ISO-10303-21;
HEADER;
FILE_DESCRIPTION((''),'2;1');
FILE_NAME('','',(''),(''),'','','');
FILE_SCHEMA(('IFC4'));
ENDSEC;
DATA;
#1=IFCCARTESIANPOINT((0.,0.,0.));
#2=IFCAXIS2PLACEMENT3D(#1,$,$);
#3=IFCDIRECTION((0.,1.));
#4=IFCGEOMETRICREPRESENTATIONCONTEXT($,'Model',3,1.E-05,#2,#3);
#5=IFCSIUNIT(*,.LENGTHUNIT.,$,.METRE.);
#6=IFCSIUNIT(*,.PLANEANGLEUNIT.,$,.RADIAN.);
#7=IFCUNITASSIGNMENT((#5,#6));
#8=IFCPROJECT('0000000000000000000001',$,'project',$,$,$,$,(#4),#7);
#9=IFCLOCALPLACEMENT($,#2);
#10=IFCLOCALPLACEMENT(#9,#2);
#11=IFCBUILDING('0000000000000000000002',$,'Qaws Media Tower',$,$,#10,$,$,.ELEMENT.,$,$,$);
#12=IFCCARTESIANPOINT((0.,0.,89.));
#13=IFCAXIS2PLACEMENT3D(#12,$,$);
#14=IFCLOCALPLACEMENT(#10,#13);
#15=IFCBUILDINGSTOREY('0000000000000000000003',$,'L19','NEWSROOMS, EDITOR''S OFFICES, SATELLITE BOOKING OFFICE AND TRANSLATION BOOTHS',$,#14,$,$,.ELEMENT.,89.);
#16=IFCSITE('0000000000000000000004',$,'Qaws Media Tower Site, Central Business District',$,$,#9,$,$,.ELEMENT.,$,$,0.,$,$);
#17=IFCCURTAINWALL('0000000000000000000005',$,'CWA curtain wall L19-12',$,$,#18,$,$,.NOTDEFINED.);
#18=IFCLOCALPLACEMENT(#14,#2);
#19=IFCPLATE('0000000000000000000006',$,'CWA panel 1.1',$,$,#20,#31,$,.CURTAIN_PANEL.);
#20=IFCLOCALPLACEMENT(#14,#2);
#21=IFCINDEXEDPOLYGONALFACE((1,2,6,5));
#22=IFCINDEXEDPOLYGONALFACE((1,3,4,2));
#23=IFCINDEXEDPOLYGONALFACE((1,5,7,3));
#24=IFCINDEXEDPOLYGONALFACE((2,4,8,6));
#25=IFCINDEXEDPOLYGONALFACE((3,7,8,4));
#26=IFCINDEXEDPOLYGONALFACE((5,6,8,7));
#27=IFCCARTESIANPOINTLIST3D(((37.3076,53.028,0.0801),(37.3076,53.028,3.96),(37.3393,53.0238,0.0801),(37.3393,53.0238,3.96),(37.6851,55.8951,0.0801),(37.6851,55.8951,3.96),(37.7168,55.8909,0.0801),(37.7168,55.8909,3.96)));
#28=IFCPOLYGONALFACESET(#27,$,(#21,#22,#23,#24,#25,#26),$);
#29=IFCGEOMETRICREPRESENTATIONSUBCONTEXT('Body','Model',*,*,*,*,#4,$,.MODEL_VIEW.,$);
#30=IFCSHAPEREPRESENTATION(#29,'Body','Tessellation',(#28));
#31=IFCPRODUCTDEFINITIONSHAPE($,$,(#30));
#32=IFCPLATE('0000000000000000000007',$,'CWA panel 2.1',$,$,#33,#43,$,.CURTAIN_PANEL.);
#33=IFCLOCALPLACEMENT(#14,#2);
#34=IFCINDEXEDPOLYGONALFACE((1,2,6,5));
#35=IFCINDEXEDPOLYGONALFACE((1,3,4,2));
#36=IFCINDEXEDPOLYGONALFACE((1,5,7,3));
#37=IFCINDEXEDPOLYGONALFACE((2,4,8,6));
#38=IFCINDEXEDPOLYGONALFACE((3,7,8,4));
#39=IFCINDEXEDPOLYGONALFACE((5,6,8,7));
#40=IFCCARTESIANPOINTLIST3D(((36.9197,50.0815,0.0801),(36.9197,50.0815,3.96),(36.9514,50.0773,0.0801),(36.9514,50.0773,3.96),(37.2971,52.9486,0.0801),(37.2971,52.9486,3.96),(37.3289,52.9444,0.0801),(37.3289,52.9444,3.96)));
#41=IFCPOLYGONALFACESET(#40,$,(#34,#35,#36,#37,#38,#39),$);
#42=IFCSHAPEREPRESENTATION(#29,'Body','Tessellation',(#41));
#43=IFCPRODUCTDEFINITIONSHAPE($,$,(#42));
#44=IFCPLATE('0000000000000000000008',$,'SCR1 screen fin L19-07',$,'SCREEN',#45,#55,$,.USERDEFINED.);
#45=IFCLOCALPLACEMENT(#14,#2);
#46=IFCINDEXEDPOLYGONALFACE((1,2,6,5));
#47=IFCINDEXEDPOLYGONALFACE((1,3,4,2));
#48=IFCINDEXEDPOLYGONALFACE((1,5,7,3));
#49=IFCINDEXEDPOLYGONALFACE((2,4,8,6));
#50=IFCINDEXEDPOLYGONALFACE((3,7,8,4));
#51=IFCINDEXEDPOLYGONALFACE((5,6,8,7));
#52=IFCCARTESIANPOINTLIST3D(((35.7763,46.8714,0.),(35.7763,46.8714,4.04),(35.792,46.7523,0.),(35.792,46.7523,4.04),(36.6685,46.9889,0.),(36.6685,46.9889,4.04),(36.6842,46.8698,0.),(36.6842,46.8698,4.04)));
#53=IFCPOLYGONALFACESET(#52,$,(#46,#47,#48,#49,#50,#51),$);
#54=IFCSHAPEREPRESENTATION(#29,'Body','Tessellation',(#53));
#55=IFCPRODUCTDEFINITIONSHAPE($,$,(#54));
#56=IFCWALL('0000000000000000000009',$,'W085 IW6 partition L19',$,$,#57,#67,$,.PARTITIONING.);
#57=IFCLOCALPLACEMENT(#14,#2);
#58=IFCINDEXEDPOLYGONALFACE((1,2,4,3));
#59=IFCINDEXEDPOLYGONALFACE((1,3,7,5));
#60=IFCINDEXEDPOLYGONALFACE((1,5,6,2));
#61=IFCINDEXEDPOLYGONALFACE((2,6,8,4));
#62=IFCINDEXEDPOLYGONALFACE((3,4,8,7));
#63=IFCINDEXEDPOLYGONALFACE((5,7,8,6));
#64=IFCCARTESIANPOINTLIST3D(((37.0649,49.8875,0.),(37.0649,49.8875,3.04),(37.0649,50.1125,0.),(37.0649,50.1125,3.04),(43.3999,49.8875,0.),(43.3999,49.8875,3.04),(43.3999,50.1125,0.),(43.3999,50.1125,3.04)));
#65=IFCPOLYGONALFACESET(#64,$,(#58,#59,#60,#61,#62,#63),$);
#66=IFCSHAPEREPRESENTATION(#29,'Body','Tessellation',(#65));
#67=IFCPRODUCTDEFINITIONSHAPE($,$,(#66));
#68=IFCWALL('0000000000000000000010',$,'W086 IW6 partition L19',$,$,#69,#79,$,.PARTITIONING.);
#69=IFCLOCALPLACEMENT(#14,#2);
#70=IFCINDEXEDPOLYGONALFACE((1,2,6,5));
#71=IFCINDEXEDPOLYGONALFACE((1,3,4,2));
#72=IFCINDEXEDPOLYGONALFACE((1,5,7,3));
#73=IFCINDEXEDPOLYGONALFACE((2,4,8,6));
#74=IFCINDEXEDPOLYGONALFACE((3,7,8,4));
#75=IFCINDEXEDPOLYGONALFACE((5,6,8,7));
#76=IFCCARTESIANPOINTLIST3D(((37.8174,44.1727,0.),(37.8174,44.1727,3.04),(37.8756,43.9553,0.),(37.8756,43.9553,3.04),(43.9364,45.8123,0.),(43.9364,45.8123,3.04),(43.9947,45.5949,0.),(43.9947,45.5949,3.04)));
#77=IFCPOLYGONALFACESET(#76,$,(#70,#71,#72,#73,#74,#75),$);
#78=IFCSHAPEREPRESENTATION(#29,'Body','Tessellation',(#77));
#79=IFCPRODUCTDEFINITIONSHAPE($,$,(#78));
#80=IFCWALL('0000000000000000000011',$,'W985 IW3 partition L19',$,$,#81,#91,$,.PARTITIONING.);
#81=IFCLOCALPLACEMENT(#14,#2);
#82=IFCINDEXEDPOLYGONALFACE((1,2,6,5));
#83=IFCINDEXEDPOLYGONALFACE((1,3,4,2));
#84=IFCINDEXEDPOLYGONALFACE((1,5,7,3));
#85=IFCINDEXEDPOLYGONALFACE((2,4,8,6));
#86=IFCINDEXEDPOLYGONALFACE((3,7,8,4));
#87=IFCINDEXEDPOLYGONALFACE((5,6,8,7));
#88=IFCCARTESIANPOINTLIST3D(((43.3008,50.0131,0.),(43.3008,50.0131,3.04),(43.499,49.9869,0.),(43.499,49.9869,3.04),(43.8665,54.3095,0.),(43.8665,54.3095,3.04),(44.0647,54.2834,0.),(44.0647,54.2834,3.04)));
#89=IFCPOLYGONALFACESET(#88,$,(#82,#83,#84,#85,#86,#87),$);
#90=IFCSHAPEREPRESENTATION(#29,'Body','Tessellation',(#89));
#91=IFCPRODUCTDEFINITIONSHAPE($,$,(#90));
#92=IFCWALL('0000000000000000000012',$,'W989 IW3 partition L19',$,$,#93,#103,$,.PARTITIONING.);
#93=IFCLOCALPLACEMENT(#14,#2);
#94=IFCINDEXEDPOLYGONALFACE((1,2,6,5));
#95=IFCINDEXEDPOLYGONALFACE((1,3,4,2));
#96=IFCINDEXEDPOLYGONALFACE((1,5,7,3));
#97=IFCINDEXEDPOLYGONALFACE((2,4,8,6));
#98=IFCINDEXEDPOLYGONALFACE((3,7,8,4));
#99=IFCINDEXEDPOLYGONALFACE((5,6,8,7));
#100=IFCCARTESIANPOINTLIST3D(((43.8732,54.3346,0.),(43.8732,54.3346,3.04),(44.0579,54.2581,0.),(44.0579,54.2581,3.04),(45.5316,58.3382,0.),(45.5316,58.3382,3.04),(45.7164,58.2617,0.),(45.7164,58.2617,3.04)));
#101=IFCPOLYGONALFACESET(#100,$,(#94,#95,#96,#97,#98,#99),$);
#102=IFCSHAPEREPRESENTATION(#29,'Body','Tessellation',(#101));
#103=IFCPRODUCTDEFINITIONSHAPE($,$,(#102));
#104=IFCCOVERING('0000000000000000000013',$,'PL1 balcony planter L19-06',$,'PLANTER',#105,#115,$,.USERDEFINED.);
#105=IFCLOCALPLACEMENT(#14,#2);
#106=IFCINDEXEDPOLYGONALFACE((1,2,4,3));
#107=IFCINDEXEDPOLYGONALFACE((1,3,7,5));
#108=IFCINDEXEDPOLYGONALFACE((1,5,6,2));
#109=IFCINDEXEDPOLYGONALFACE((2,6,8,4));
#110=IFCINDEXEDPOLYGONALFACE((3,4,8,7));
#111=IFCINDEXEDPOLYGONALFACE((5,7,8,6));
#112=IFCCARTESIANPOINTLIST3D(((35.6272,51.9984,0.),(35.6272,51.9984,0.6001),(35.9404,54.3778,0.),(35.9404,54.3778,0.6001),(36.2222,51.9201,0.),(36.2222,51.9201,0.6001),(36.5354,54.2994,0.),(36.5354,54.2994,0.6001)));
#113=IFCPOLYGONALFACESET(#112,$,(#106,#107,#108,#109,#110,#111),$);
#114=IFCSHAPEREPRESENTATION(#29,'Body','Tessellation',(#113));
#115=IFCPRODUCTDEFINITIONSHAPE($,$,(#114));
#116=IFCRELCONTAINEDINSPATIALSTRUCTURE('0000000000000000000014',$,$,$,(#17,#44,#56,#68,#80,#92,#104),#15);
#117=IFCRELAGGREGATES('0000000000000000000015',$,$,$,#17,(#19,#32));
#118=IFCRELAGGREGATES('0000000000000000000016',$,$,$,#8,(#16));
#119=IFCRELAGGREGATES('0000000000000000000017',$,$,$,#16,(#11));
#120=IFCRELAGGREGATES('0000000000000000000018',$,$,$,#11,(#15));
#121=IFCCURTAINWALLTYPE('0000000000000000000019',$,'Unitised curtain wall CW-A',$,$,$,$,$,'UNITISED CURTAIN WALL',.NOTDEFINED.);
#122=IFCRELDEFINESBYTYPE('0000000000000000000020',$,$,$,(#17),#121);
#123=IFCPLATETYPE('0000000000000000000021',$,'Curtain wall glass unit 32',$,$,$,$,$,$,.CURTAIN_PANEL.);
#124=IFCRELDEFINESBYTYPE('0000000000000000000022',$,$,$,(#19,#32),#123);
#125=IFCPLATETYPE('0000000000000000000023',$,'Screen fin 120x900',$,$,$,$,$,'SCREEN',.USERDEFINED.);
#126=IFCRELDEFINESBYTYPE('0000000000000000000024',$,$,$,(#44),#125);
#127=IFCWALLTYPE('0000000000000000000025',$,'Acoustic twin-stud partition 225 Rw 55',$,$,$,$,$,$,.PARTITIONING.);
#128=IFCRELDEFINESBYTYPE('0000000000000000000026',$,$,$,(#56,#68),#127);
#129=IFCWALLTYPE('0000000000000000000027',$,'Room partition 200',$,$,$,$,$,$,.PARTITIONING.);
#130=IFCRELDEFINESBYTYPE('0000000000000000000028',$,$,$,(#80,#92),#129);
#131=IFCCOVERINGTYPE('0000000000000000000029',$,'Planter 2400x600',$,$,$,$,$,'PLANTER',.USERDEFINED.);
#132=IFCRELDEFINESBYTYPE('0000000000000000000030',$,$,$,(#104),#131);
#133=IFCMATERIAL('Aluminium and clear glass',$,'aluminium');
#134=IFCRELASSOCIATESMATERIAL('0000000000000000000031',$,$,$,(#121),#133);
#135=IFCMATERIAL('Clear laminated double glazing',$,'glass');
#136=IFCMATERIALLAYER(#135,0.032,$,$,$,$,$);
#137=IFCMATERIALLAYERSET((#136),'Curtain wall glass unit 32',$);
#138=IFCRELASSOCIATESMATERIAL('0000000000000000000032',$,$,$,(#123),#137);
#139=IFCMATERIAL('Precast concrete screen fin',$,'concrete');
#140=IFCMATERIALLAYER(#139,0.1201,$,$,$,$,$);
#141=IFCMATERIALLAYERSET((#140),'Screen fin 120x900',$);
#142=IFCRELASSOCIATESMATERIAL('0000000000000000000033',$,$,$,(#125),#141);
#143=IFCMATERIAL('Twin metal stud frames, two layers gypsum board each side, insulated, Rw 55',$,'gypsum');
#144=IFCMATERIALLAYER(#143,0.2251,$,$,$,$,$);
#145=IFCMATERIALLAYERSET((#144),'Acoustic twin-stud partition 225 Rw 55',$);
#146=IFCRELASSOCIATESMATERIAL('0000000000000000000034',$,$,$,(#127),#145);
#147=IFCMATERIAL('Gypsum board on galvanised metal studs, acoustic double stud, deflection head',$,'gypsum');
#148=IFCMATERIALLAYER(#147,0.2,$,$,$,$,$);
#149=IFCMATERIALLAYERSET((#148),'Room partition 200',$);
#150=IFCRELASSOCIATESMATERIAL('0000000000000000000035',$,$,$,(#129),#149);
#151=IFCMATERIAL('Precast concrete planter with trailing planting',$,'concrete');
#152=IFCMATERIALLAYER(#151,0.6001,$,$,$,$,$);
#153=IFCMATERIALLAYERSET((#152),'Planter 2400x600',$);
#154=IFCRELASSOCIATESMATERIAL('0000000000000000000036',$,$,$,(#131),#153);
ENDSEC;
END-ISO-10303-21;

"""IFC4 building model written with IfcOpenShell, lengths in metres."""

from ifc_helpers import new_model, si_unit, direction, frame, frame_2d, origin, origin_2d, place, context, subcontext, project, spatial, rectangle, extrude, material, layer, layer_set, type_object, element, aggregate, save


model = new_model("IFC4")

# Units and contexts
model_context = context("Model", 3, precision=1e-05, world=origin(), true_north=direction((0.0, 1.0)))
body_context = subcontext(model_context, "Body", "Model", "MODEL_VIEW")
ifc_project = project(units=[si_unit("LENGTHUNIT", "METRE"), si_unit("PLANEANGLEUNIT", "RADIAN")], contexts=[model_context])

# Site, building, storey
site_placement = place(None, origin())
site = spatial("IfcSite", under=ifc_project, at=site_placement, Name="Qaws Media Tower Site, Central Business District", CompositionType="ELEMENT", RefElevation=0.0)
building_placement = place(site_placement, origin())
building = spatial("IfcBuilding", under=site, at=building_placement, Name="Qaws Media Tower", CompositionType="ELEMENT")
storey_placement = place(building_placement, frame((0.0, 0.0, 89.0)))
storey = spatial("IfcBuildingStorey", under=building, at=storey_placement, Name="L19", Description="NEWSROOMS, EDITOR'S OFFICES, SATELLITE BOOKING OFFICE AND TRANSLATION BOOTHS", CompositionType="ELEMENT", Elevation=89.0)

# Shared definitions
ifc_material_1 = material(Name="Aluminium and clear glass", Category="aluminium")
curtain_wall_type = type_object("IfcCurtainWallType", Name="Unitised curtain wall CW-A", ElementType="UNITISED CURTAIN WALL", PredefinedType="NOTDEFINED", material=ifc_material_1)

# Curtain wall
curtain_wall_1_placement = place(storey_placement, origin())
curtain_wall_1 = element("IfcCurtainWall", 1, at=curtain_wall_1_placement, inside=storey, type_object=curtain_wall_type, Name="CWA curtain wall L19-12", PredefinedType="NOTDEFINED")

# Plates
ifc_material_2 = material(Name="Clear laminated double glazing", Category="glass")
ifc_layer_1 = layer(ifc_material_2, 0.032)
ifc_layer_set_1 = layer_set([ifc_layer_1], Name="Curtain wall glass unit 32")
plate_type_1 = type_object("IfcPlateType", Name="Curtain wall glass unit 32", PredefinedType="CURTAIN_PANEL", material=ifc_layer_set_1)
plate_1_placement = place(storey_placement, frame((37.5122, 54.4595, 0.0801), z_axis=(0.0, 0.0, 1.0), x_axis=(-0.130526, -0.991445, 0.0)))
plate_1 = element("IfcPlate", 2, at=plate_1_placement, type_object=plate_type_1, Name="CWA panel 1.1", PredefinedType="CURTAIN_PANEL", context=body_context, shape_type="SweptSolid", body=[
    extrude(rectangle(XDim=2.8918, YDim=0.032, at=origin_2d()), origin(), (0.0, 0.0, 1.0), 3.8799),
])
plate_2_placement = place(storey_placement, frame((37.1243, 51.5129, 0.0801), z_axis=(0.0, 0.0, 1.0), x_axis=(-0.130526, -0.991445, 0.0)))
plate_2 = element("IfcPlate", 3, at=plate_2_placement, type_object=plate_type_1, Name="CWA panel 2.1", PredefinedType="CURTAIN_PANEL", context=body_context, shape_type="SweptSolid", body=[
    extrude(rectangle(XDim=2.8918, YDim=0.032, at=origin_2d()), origin(), (0.0, 0.0, 1.0), 3.8799),
])
aggregate(curtain_wall_1, [plate_1, plate_2])
ifc_material_3 = material(Name="Precast concrete screen fin", Category="concrete")
ifc_layer_2 = layer(ifc_material_3, 0.1201)
ifc_layer_set_2 = layer_set([ifc_layer_2], Name="Screen fin 120x900")
plate_type_2 = type_object("IfcPlateType", Name="Screen fin 120x900", ElementType="SCREEN", PredefinedType="USERDEFINED", material=ifc_layer_set_2)
plate_3_placement = place(storey_placement, frame((36.2302, 46.8706, 0.0), z_axis=(0.0, 0.0, 1.0), x_axis=(-0.991445, -0.130526, 0.0)))
element("IfcPlate", 4, at=plate_3_placement, inside=storey, type_object=plate_type_2, Name="SCR1 screen fin L19-07", ObjectType="SCREEN", PredefinedType="USERDEFINED", context=body_context, shape_type="SweptSolid", body=[
    extrude(rectangle(XDim=0.8999, YDim=0.1201, at=origin_2d()), origin(), (0.0, 0.0, 1.0), 4.04),
])

# Walls
ifc_material_4 = material(Name="Twin metal stud frames, two layers gypsum board each side, insulated, Rw 55", Category="gypsum")
ifc_layer_3 = layer(ifc_material_4, 0.2251)
ifc_layer_set_3 = layer_set([ifc_layer_3], Name="Acoustic twin-stud partition 225 Rw 55")
wall_type_1 = type_object("IfcWallType", Name="Acoustic twin-stud partition 225 Rw 55", PredefinedType="PARTITIONING", material=ifc_layer_set_3)
for number, where, z_axis, x_axis, name in (
    (5, (43.3999, 50.0, 0.0), (0.0, 0.0, 1.0), (-1.0, 0.0, 0.0), "W085 IW6 partition L19"),
    (6, (43.9656, 45.7036, 0.0), (0.0, 0.0, 1.0), (-0.965925, -0.258823, 0.0), "W086 IW6 partition L19"),
):
    element("IfcWall", number, at=place(storey_placement, frame(where, z_axis=z_axis, x_axis=x_axis)), inside=storey, type_object=wall_type_1, Name=name, PredefinedType="PARTITIONING", context=body_context, shape_type="SweptSolid", body=[
        extrude(rectangle(XDim=6.335, YDim=0.2251, at=frame_2d((3.1675, 0.0))), origin(), (0.0, 0.0, 1.0), 3.04),
    ])

# Shared definitions
ifc_material_5 = material(Name="Gypsum board on galvanised metal studs, acoustic double stud, deflection head", Category="gypsum")
ifc_layer_4 = layer(ifc_material_5, 0.2)
ifc_layer_set_4 = layer_set([ifc_layer_4], Name="Room partition 200")
wall_type_2 = type_object("IfcWallType", Name="Room partition 200", PredefinedType="PARTITIONING", material=ifc_layer_set_4)

# Walls
for number, where, z_axis, x_axis, name in (
    (7, (43.3999, 50.0, 0.0), (0.0, 0.0, 1.0), (0.130536, 0.991444, 0.0), "W985 IW3 partition L19"),
    (8, (43.9656, 54.2964, 0.0), (0.0, 0.0, 1.0), (0.382698, 0.923873, 0.0), "W989 IW3 partition L19"),
):
    element("IfcWall", number, at=place(storey_placement, frame(where, z_axis=z_axis, x_axis=x_axis)), inside=storey, type_object=wall_type_2, Name=name, PredefinedType="PARTITIONING", context=body_context, shape_type="SweptSolid", body=[
        extrude(rectangle(XDim=4.3335, YDim=0.2, at=frame_2d((2.1667, 0.0))), origin(), (0.0, 0.0, 1.0), 3.04),
    ])

# Covering
ifc_material_6 = material(Name="Precast concrete planter with trailing planting", Category="concrete")
ifc_layer_5 = layer(ifc_material_6, 0.6001)
ifc_layer_set_5 = layer_set([ifc_layer_5], Name="Planter 2400x600")
covering_type = type_object("IfcCoveringType", Name="Planter 2400x600", ElementType="PLANTER", PredefinedType="USERDEFINED", material=ifc_layer_set_5)
covering_placement = place(storey_placement, frame((36.0813, 53.1489, 0.0), z_axis=(0.0, 0.0, 1.0), x_axis=(-0.130526, -0.991445, 0.0)))
element("IfcCovering", 9, at=covering_placement, inside=storey, type_object=covering_type, Name="PL1 balcony planter L19-06", ObjectType="PLANTER", PredefinedType="USERDEFINED", context=body_context, shape_type="SweptSolid", body=[
    extrude(rectangle(XDim=2.3999, YDim=0.6001, at=origin_2d()), origin(), (0.0, 0.0, 1.0), 0.6001),
])

save(model, "model.ifc")
